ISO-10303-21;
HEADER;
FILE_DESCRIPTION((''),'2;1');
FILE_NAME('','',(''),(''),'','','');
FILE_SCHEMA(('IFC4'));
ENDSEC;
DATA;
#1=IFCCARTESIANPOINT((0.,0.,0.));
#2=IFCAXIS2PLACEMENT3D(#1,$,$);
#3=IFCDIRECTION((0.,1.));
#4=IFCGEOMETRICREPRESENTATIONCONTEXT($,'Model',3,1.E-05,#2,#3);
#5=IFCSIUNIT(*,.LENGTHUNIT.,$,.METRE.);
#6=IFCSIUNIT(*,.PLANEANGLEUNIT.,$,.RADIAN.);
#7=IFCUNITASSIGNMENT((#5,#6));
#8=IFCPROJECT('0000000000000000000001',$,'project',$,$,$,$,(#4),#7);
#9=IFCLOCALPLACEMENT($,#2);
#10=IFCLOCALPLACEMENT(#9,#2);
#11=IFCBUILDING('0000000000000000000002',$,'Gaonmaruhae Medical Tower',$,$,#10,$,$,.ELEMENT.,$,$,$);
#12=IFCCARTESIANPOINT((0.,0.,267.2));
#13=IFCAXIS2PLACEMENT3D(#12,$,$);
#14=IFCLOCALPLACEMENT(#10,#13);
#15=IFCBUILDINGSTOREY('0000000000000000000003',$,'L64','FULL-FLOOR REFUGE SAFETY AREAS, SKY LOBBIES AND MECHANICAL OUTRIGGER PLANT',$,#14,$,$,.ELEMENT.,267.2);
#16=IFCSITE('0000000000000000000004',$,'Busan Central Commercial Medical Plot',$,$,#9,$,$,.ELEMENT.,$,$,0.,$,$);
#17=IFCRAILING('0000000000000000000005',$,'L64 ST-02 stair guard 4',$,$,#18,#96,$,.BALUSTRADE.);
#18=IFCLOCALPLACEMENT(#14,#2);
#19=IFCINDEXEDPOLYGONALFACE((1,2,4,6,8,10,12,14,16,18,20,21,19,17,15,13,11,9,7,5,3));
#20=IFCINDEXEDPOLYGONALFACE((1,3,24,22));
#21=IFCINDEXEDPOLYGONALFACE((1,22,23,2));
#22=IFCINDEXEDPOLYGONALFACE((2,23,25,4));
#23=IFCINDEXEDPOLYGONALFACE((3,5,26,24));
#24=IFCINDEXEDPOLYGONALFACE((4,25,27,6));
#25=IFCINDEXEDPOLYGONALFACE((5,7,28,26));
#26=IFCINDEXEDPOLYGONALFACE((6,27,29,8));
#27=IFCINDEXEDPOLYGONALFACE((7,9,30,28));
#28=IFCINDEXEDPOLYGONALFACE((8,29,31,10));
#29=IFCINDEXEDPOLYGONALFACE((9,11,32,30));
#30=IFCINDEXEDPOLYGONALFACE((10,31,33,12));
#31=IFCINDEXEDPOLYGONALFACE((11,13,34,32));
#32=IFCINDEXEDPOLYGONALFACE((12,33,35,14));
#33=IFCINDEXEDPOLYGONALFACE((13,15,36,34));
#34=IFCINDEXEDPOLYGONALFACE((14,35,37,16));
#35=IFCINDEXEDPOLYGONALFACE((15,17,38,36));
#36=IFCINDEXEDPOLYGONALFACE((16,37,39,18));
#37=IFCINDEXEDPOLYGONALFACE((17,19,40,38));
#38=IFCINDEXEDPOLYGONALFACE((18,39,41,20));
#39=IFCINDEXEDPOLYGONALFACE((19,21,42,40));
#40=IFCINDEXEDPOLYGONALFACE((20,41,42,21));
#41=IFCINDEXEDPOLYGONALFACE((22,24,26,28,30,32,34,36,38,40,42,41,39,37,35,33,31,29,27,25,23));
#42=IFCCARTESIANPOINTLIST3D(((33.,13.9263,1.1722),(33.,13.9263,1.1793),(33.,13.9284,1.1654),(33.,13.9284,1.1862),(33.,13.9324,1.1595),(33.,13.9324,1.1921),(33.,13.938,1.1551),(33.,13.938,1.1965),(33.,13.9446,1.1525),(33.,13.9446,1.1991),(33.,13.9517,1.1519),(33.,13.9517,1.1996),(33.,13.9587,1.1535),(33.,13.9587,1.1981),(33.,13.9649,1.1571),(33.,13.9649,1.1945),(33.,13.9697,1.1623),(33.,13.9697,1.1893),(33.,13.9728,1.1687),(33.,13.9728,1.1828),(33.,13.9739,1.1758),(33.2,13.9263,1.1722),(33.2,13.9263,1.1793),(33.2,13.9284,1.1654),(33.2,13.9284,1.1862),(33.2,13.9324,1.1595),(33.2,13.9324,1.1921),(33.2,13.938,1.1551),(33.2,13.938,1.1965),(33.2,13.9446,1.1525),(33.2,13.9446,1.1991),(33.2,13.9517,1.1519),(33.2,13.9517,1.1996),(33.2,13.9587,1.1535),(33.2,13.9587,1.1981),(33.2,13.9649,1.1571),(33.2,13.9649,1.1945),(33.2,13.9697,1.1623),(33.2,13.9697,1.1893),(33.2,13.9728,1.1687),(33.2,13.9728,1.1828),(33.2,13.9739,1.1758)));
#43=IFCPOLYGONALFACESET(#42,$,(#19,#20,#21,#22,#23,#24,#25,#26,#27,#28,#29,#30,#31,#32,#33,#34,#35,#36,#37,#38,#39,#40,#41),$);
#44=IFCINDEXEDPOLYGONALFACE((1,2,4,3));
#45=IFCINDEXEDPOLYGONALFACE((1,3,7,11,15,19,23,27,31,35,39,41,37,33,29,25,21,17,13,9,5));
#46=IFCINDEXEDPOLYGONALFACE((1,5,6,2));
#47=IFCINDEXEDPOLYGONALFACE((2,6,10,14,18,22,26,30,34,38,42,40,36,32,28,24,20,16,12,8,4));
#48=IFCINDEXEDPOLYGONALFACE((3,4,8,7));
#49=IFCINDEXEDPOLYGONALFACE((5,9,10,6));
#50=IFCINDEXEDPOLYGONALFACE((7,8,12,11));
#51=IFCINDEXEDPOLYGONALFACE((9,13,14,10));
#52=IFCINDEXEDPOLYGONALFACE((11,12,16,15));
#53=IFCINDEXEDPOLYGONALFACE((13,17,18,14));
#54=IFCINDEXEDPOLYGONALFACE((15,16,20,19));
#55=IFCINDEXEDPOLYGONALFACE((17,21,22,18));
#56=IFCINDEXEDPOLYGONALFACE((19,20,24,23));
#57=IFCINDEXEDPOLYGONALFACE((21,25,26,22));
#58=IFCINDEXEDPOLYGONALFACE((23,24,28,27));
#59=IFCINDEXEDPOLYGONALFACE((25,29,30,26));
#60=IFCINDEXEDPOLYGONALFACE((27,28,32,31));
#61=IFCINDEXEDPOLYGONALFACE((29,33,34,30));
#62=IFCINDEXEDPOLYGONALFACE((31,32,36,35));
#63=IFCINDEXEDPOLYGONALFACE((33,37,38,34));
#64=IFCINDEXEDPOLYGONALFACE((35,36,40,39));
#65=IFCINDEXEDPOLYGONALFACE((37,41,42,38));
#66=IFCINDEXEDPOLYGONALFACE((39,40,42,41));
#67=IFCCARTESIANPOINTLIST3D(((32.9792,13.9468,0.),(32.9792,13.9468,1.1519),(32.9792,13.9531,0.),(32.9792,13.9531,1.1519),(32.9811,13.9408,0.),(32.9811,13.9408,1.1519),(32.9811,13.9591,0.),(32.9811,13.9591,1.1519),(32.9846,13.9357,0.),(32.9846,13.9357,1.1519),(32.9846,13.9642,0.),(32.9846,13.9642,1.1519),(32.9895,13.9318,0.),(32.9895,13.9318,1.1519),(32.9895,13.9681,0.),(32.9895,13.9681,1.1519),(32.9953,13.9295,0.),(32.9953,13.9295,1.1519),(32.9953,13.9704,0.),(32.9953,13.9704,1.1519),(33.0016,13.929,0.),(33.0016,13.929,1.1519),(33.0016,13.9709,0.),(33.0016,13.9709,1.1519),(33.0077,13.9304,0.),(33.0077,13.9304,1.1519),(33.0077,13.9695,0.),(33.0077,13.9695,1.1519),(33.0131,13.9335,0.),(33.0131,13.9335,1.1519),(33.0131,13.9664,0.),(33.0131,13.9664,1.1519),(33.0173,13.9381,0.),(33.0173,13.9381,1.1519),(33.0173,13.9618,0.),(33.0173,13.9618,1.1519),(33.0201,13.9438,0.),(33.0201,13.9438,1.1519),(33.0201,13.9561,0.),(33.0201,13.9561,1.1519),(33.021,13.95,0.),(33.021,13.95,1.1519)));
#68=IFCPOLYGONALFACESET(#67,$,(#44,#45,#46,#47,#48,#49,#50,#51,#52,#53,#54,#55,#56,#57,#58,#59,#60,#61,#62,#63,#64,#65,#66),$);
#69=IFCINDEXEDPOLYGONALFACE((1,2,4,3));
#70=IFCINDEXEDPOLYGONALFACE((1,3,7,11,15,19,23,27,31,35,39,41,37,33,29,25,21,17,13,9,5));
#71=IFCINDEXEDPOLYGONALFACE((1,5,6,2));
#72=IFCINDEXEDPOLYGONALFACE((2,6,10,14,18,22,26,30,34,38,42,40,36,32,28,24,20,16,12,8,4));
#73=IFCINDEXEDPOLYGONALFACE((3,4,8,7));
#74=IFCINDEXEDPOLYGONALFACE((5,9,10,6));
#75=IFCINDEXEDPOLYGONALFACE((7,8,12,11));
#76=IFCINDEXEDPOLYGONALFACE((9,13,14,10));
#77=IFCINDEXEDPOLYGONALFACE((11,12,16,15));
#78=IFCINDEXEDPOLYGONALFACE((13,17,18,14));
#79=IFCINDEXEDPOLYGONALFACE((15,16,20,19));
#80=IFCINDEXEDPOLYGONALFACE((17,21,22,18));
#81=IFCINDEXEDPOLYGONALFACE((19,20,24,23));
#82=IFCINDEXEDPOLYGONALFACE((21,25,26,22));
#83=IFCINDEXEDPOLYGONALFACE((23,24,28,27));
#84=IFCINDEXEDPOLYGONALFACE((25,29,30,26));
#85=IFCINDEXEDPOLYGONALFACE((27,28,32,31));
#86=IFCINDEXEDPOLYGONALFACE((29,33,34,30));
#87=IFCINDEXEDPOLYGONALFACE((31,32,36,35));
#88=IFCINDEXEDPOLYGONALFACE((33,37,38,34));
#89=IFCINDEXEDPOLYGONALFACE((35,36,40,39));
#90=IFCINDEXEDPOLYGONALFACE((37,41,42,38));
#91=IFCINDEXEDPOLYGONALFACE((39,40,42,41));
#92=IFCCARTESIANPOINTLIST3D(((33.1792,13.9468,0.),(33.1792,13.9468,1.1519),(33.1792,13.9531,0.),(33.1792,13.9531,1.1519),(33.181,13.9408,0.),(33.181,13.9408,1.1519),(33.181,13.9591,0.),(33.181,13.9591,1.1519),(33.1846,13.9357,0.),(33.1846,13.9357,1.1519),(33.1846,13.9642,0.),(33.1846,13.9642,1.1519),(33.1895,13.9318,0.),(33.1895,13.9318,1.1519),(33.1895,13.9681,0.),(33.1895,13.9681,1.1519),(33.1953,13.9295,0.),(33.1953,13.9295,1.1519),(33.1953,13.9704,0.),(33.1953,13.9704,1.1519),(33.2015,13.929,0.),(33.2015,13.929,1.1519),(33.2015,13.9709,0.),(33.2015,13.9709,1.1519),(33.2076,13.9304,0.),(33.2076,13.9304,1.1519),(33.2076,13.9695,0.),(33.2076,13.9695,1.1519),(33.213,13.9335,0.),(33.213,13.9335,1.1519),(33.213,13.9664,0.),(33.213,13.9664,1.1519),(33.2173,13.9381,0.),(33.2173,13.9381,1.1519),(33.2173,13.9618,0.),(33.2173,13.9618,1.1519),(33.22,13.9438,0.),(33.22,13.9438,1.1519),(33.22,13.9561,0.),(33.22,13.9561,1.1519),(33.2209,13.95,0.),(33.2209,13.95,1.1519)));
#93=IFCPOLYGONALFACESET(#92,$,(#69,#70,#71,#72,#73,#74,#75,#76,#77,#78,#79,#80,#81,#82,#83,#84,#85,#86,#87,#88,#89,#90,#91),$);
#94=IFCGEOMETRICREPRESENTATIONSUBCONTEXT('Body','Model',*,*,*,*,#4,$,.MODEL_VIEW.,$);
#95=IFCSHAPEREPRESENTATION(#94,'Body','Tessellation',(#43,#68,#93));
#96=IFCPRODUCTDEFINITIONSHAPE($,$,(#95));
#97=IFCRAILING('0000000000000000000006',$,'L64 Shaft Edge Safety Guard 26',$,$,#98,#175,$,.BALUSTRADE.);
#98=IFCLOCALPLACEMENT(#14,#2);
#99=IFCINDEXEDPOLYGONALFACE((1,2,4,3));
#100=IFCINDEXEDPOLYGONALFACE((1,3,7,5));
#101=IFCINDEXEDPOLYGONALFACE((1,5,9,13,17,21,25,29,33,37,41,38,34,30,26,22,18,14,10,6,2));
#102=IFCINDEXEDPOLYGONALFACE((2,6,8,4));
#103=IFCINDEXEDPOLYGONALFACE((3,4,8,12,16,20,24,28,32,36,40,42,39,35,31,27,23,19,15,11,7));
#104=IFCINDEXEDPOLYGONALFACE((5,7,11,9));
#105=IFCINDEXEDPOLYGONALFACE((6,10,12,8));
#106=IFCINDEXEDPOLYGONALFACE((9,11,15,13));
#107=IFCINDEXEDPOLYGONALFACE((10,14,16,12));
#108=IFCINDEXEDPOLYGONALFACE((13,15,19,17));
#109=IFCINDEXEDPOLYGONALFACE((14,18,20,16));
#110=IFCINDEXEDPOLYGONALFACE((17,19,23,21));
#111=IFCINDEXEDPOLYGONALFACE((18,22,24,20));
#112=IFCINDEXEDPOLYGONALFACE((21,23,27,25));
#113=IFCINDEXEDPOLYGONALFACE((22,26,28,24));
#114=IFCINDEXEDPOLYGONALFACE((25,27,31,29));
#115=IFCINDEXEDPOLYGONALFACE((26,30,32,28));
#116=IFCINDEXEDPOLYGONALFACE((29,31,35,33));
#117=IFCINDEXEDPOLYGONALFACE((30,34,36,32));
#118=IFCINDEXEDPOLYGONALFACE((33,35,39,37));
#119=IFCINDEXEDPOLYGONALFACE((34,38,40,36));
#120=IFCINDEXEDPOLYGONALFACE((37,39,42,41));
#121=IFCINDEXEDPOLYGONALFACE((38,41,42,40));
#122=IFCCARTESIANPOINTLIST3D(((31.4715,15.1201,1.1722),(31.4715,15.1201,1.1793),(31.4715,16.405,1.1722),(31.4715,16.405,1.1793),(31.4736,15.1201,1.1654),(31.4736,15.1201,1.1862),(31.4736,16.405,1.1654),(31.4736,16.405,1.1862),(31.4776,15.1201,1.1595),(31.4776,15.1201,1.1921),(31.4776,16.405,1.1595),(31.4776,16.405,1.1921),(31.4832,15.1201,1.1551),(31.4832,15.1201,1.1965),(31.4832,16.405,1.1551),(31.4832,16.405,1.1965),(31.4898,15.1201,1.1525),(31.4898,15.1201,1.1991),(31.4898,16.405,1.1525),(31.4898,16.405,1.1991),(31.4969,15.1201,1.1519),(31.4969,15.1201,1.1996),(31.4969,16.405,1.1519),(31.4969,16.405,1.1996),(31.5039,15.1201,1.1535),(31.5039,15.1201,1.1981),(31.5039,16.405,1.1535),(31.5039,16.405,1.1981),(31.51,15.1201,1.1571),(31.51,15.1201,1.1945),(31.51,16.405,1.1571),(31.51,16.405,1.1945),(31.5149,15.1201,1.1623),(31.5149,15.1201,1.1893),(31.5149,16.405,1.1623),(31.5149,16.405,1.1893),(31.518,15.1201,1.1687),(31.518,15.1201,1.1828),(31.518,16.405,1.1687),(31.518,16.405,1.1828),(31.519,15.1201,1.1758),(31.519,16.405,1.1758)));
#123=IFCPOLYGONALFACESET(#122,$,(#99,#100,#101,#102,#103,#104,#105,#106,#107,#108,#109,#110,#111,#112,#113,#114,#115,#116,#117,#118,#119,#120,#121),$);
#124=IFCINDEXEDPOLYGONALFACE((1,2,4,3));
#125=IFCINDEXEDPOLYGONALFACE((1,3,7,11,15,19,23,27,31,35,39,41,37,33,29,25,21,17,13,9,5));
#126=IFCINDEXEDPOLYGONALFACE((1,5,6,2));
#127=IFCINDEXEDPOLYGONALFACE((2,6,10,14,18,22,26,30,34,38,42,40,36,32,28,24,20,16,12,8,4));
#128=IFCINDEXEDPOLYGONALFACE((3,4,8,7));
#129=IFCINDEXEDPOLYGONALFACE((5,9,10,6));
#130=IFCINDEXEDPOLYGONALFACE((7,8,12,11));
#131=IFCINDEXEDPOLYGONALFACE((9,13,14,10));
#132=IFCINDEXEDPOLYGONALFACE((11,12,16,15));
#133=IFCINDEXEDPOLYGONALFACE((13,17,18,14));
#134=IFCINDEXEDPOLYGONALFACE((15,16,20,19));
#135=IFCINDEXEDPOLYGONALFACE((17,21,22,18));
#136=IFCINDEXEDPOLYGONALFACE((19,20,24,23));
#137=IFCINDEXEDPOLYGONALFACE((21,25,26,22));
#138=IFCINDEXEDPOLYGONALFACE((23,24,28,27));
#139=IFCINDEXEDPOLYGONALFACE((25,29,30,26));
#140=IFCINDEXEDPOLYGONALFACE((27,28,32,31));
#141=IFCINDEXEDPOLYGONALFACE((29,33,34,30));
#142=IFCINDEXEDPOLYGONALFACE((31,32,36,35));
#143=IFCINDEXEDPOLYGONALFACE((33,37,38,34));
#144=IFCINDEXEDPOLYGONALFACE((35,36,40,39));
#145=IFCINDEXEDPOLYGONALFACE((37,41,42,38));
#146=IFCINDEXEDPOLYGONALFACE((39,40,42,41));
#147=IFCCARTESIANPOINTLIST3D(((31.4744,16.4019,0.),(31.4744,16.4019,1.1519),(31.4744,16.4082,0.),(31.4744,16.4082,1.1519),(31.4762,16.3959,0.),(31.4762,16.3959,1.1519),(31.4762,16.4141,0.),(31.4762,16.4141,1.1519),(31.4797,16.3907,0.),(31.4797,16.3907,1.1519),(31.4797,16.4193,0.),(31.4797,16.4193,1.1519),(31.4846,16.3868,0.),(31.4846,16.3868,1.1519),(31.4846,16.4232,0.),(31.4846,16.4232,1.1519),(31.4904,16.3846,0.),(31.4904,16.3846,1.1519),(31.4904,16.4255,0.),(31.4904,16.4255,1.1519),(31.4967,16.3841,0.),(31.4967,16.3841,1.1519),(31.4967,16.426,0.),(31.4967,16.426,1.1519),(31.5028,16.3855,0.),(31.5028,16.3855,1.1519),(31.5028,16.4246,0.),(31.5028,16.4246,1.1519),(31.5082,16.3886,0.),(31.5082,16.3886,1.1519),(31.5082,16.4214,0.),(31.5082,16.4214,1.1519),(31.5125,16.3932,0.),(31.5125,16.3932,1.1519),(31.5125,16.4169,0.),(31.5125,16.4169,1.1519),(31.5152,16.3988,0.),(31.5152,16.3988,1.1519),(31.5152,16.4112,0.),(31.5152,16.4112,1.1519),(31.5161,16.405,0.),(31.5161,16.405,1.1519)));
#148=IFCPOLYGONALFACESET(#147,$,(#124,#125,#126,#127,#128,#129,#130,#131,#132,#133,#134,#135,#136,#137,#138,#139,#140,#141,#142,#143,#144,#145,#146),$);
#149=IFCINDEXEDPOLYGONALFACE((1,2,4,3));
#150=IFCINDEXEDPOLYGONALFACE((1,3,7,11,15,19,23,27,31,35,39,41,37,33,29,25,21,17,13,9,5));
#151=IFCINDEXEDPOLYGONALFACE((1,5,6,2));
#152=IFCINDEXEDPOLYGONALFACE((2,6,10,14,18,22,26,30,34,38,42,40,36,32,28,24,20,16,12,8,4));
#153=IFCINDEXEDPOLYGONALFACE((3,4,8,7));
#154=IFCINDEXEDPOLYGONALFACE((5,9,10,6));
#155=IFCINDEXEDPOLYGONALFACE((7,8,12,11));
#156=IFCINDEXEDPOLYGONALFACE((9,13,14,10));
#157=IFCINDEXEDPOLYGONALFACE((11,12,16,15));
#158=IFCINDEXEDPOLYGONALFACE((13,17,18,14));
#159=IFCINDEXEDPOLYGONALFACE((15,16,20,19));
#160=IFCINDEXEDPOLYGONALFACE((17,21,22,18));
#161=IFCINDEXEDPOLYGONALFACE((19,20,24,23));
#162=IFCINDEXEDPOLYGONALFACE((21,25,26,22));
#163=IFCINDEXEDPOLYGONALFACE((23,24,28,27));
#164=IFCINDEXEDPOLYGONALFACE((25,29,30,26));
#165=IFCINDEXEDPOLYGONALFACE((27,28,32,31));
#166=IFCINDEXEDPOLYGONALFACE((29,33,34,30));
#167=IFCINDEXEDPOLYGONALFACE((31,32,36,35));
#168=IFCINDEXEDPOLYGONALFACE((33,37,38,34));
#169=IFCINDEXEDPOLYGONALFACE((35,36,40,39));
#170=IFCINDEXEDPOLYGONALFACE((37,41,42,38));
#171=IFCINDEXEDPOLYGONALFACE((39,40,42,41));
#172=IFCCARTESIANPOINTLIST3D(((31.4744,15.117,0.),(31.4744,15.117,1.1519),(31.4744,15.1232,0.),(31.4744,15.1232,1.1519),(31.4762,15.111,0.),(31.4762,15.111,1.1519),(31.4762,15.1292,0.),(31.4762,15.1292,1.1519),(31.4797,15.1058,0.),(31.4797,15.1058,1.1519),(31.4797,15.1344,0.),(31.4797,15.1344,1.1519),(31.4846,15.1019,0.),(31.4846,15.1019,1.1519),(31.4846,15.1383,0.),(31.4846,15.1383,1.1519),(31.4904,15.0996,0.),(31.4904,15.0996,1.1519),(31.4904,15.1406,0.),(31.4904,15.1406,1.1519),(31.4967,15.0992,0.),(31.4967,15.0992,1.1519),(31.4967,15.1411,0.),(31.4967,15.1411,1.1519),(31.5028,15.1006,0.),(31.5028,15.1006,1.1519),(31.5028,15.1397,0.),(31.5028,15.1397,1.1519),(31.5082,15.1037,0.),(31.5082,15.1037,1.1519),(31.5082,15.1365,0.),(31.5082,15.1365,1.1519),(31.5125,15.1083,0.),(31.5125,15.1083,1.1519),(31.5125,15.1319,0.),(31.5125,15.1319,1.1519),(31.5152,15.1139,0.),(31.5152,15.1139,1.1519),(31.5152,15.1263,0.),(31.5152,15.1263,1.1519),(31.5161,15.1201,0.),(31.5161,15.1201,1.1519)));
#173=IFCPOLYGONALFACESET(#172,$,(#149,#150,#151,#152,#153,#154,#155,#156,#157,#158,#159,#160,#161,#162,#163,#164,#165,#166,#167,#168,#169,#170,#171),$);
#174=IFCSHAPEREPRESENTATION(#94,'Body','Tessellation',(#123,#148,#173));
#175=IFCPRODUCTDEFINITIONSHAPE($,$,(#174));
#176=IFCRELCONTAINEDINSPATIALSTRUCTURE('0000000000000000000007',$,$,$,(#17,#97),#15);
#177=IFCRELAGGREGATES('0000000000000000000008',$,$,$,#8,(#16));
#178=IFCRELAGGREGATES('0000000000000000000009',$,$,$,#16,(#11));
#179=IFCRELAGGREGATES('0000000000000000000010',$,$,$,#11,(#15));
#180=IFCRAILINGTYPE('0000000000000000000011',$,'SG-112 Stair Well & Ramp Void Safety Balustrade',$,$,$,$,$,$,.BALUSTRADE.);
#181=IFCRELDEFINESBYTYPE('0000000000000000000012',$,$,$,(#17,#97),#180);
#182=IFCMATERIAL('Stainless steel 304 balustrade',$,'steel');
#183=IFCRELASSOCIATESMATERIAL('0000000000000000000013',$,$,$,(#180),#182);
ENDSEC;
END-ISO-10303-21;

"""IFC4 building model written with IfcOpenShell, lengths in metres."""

from ifc_helpers import new_model, si_unit, direction, frame, origin, origin_2d, place, context, subcontext, project, spatial, circle, extrude, material, type_object, element, save


model = new_model("IFC4")

# Units and contexts
model_context = context("Model", 3, precision=1e-05, world=origin(), true_north=direction((0.0, 1.0)))
body_context = subcontext(model_context, "Body", "Model", "MODEL_VIEW")
ifc_project = project(units=[si_unit("LENGTHUNIT", "METRE"), si_unit("PLANEANGLEUNIT", "RADIAN")], contexts=[model_context])

# Site, building, storey
site_placement = place(None, origin())
site = spatial("IfcSite", under=ifc_project, at=site_placement, Name="Busan Central Commercial Medical Plot", CompositionType="ELEMENT", RefElevation=0.0)
building_placement = place(site_placement, origin())
building = spatial("IfcBuilding", under=site, at=building_placement, Name="Gaonmaruhae Medical Tower", CompositionType="ELEMENT")
storey_placement = place(building_placement, frame((0.0, 0.0, 267.2)))
storey = spatial("IfcBuildingStorey", under=building, at=storey_placement, Name="L64", Description="FULL-FLOOR REFUGE SAFETY AREAS, SKY LOBBIES AND MECHANICAL OUTRIGGER PLANT", CompositionType="ELEMENT", Elevation=267.2)

# Railings
ifc_material_1 = material(Name="Stainless steel 304 balustrade", Category="steel")
railing_type_1 = type_object("IfcRailingType", Name="SG-112 Stair Well & Ramp Void Safety Balustrade", PredefinedType="BALUSTRADE", material=ifc_material_1)
railing_1_placement = place(storey_placement, frame((33.0, 13.95, 0.0)))
element("IfcRailing", 1, at=railing_1_placement, inside=storey, type_object=railing_type_1, Name="L64 ST-02 stair guard 4", PredefinedType="BALUSTRADE", context=body_context, shape_type="SweptSolid", body=[
    extrude(circle(Radius=0.0239, at=origin_2d()), frame((0.0, 0.0, 1.1758), z_axis=(1.0, 0.0, 0.0), x_axis=(0.0, 1.0, 0.0)), (0.0, 0.0, 1.0), 0.2),
    extrude(circle(Radius=0.021, at=origin_2d()), origin(), (0.0, 0.0, 1.0), 1.1519),
    extrude(circle(Radius=0.021, at=origin_2d()), frame((0.2, 0.0, 0.0)), (0.0, 0.0, 1.0), 1.1519),
])
railing_2_placement = place(storey_placement, frame((31.4951, 16.405, 0.0)))
element("IfcRailing", 2, at=railing_2_placement, inside=storey, type_object=railing_type_1, Name="L64 Shaft Edge Safety Guard 26", PredefinedType="BALUSTRADE", context=body_context, shape_type="SweptSolid", body=[
    extrude(circle(Radius=0.0239, at=origin_2d()), frame((0.0, 0.0, 1.1758), z_axis=(0.0, -1.0, 0.0), x_axis=(1.0, 0.0, 0.0)), (0.0, 0.0, 1.0), 1.2849),
    extrude(circle(Radius=0.021, at=origin_2d()), origin(), (0.0, 0.0, 1.0), 1.1519),
    extrude(circle(Radius=0.021, at=origin_2d()), frame((0.0, -1.2849, 0.0)), (0.0, 0.0, 1.0), 1.1519),
])

save(model, "model.ifc")
